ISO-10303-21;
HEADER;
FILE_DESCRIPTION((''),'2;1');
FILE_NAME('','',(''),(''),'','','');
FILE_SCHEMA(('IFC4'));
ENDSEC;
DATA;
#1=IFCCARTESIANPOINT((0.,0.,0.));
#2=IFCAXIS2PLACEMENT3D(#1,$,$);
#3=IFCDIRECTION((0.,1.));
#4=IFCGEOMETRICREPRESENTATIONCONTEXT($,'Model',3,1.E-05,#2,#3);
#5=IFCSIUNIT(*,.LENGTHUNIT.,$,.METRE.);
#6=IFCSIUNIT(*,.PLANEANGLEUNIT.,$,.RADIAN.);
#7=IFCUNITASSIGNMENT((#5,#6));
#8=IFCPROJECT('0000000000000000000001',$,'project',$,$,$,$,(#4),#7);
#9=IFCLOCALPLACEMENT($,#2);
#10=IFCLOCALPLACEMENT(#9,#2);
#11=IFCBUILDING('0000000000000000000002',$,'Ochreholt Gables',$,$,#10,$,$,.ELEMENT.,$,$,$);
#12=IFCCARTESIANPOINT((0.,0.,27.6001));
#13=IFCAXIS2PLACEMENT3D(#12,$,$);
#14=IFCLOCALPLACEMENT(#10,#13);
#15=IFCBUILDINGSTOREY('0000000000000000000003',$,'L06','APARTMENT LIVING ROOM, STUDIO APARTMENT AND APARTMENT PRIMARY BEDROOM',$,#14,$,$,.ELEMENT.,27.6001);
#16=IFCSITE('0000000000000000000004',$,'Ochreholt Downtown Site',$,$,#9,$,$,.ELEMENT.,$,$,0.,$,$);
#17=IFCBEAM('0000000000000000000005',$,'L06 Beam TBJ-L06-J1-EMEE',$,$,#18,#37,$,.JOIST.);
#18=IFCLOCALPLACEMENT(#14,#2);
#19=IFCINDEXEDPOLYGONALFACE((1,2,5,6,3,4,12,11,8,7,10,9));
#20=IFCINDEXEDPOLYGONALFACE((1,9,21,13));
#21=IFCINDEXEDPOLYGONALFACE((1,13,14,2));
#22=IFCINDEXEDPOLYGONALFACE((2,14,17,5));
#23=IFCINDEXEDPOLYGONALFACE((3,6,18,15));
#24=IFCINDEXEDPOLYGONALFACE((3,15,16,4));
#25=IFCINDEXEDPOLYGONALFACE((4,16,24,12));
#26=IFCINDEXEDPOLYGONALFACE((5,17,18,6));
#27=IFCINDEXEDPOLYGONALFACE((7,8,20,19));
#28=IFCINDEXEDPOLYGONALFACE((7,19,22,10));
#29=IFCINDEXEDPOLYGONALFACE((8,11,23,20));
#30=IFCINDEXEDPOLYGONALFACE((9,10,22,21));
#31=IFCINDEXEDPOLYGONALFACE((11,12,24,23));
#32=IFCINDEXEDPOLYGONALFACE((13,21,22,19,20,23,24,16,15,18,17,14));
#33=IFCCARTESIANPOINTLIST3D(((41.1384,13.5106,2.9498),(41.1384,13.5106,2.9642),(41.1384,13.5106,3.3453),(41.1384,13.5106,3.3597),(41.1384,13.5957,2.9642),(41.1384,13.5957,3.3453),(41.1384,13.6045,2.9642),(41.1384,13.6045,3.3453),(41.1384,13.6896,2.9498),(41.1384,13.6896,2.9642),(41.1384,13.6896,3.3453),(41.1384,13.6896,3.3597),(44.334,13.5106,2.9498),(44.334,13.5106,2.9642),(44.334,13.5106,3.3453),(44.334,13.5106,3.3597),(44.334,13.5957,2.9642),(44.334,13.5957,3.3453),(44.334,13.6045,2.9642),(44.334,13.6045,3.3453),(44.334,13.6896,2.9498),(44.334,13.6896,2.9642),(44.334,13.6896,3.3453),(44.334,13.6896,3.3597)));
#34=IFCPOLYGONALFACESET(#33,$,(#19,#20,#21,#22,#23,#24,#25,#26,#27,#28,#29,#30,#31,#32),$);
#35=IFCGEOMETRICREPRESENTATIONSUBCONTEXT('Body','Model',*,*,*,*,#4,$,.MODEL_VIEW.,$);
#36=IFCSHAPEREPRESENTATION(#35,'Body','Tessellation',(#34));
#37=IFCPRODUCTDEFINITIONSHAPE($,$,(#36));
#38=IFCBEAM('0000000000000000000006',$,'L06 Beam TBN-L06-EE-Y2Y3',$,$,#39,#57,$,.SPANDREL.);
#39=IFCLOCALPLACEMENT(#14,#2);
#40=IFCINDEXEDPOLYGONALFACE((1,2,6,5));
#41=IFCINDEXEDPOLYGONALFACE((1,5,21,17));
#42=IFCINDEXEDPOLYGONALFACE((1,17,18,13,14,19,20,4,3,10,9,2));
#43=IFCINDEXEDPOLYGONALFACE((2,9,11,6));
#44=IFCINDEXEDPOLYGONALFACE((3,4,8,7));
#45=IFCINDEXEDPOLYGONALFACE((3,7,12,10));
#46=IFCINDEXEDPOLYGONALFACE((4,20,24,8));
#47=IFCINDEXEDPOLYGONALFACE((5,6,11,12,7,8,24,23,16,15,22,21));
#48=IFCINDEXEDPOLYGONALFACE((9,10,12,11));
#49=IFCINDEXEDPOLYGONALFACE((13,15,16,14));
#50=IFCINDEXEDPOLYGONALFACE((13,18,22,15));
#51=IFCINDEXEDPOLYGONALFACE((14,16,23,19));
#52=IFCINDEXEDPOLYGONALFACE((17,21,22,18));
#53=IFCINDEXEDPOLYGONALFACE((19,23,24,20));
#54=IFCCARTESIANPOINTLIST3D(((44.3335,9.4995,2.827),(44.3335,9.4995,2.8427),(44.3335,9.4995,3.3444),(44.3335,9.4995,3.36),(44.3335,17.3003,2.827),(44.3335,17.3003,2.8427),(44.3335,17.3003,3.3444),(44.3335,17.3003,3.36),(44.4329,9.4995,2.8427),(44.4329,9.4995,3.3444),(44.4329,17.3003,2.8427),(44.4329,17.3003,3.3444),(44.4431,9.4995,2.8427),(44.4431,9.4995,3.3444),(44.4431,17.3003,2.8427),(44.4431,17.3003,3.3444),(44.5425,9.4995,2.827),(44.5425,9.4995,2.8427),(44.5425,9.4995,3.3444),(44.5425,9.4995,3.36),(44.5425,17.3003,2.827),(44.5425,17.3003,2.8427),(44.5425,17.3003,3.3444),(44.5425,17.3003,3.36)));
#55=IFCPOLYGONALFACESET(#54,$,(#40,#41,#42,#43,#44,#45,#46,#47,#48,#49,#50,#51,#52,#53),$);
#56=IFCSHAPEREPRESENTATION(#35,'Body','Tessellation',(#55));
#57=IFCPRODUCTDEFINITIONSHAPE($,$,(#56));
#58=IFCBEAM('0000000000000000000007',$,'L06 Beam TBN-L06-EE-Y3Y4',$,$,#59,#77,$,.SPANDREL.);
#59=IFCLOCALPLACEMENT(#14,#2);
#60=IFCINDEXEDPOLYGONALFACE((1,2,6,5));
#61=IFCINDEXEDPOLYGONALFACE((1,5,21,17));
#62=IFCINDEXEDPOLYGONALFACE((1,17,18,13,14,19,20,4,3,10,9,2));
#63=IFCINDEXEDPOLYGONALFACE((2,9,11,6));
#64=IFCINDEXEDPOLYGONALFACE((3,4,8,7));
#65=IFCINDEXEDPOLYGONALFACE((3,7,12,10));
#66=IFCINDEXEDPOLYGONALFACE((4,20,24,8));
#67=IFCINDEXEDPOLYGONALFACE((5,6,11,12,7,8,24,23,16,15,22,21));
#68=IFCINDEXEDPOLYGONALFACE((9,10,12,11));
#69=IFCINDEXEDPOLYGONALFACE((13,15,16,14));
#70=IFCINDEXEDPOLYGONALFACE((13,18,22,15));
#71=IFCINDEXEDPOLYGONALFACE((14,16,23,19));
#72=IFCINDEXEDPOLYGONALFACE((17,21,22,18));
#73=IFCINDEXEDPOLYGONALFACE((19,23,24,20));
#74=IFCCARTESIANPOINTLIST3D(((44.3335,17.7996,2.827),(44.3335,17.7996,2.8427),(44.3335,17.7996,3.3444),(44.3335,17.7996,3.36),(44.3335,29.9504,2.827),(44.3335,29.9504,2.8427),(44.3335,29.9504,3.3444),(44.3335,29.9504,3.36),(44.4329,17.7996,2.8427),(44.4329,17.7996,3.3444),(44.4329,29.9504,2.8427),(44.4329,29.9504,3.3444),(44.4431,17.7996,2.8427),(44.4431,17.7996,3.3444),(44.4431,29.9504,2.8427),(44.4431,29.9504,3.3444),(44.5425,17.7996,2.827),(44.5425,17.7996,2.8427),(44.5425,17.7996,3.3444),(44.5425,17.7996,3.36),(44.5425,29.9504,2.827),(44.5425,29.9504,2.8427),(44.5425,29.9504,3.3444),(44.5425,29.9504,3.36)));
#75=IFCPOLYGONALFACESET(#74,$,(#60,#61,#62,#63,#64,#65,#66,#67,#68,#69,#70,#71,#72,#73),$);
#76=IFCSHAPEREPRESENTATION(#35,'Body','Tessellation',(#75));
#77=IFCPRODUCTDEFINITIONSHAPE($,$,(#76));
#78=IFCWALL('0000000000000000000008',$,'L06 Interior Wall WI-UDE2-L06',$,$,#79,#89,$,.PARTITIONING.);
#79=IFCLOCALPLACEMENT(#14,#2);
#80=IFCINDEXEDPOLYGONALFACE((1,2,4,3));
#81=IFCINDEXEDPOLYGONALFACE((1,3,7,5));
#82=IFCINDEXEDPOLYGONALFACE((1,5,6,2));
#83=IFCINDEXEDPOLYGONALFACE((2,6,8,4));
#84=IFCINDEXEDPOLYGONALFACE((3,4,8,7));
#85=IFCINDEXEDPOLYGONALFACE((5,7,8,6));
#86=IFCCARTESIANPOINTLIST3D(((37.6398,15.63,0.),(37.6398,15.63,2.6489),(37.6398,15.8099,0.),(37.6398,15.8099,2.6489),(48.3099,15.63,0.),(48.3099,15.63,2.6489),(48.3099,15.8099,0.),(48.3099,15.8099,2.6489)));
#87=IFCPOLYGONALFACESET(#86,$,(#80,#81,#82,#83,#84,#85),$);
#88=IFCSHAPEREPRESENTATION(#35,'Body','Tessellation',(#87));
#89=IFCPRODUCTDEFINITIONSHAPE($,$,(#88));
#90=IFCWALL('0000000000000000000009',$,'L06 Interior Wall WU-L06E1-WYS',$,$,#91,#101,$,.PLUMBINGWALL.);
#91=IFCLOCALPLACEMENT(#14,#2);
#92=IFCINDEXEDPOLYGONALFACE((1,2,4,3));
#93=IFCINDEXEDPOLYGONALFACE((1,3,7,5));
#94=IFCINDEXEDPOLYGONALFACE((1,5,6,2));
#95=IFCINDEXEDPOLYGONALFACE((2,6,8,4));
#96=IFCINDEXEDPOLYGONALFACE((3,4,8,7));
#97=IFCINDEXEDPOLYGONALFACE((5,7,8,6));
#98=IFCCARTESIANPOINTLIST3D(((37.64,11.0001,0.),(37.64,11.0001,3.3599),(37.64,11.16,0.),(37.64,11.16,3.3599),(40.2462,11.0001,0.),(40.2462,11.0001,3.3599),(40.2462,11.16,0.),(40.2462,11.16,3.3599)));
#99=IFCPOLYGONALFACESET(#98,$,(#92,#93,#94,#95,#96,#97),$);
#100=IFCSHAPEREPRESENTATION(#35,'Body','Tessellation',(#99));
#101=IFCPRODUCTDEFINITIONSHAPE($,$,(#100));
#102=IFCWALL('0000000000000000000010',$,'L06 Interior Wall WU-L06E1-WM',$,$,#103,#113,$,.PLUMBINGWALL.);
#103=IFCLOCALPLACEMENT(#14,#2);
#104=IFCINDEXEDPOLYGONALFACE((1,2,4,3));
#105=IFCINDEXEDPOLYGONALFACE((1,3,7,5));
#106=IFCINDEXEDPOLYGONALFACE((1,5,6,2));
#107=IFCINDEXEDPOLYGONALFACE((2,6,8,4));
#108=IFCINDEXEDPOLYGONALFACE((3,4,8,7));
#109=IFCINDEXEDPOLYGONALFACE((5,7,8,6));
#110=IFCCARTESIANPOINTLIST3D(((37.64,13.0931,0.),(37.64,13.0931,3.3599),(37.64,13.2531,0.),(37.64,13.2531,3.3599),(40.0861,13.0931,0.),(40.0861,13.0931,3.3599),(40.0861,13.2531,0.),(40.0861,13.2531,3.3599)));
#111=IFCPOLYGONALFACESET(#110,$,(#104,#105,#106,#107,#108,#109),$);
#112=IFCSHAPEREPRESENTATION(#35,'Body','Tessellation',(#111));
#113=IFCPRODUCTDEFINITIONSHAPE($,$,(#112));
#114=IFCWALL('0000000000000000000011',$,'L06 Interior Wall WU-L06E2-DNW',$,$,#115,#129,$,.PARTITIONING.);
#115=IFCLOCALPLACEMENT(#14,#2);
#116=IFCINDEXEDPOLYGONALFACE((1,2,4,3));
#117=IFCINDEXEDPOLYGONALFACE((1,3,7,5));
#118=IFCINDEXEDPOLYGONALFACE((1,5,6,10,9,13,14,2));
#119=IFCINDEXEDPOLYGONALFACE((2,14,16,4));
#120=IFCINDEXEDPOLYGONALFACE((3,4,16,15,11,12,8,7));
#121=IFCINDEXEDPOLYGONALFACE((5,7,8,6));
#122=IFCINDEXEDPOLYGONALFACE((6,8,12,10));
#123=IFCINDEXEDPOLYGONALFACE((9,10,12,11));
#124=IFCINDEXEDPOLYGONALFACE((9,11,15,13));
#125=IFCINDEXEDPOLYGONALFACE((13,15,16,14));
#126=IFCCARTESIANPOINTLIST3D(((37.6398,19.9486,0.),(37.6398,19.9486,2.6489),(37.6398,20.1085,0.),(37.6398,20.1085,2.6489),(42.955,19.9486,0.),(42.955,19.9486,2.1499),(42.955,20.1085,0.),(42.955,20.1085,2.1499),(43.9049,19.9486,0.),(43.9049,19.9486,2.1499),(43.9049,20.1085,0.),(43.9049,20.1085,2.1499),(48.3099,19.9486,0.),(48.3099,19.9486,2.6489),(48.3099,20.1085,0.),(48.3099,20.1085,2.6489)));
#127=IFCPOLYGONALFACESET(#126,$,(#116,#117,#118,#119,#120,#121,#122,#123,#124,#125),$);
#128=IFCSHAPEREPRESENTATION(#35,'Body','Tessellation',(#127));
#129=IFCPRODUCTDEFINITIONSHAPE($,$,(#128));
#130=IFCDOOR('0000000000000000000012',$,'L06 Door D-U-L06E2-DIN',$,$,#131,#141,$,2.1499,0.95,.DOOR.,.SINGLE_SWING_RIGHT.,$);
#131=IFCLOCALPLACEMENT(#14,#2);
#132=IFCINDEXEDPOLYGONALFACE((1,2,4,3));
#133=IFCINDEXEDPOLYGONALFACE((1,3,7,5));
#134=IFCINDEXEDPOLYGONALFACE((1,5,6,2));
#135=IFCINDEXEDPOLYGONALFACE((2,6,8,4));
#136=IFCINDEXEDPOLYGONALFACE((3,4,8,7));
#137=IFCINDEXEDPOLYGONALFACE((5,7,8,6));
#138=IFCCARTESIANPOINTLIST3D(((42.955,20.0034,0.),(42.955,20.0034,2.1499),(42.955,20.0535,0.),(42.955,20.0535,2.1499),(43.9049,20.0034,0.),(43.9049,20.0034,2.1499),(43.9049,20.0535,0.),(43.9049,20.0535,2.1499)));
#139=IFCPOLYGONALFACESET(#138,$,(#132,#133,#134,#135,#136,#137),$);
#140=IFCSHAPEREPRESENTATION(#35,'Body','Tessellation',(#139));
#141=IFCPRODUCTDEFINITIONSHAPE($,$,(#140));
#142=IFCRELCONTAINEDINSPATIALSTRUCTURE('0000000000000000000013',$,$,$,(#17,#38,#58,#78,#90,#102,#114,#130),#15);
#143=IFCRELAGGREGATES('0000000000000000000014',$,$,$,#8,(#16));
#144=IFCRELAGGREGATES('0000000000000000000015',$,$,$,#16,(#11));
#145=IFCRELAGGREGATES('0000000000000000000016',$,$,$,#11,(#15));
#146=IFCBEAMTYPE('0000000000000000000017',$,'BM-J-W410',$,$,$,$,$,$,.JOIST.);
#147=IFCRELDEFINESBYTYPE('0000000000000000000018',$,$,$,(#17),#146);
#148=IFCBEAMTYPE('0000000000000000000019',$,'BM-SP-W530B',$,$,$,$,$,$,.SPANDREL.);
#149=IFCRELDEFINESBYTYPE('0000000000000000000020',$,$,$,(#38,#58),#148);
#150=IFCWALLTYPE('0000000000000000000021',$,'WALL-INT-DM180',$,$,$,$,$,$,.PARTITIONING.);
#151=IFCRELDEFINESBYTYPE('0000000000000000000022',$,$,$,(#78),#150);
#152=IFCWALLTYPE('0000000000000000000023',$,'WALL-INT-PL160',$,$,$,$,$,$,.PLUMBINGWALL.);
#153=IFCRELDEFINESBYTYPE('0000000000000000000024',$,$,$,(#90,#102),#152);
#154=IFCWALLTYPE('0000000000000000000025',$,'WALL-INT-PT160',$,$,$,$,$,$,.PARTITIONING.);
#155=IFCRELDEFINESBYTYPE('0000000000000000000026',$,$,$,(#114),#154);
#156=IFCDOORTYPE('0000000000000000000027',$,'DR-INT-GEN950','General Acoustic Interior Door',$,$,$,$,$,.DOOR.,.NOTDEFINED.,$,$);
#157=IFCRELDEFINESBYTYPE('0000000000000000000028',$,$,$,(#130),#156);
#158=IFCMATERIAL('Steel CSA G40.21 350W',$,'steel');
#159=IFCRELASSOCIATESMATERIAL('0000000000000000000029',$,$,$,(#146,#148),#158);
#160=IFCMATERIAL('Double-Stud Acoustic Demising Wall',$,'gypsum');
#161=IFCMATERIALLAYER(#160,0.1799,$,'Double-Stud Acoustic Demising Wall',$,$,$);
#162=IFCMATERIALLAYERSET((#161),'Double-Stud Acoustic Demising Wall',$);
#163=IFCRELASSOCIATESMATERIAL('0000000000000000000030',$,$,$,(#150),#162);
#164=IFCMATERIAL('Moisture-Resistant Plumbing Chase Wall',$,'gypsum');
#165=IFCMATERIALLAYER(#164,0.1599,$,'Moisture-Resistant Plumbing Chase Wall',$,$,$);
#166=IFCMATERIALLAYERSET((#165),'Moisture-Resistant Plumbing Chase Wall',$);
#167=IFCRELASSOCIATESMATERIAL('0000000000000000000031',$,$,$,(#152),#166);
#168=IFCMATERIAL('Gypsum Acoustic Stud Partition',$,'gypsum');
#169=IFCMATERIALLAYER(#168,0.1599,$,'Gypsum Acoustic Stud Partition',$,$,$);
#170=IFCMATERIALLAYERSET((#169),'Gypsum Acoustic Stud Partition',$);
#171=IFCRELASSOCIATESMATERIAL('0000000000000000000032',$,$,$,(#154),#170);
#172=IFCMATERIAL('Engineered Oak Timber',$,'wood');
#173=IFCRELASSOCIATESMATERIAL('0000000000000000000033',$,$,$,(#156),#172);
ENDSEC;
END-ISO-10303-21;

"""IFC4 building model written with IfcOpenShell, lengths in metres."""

from ifc_helpers import new_model, si_unit, direction, frame, frame_2d, origin, origin_2d, place, context, subcontext, project, spatial, rectangle, i_section, extrude, material, layer, layer_set, material_profile, profile_set, type_object, element, fill, save


model = new_model("IFC4")

# Units and contexts
model_context = context("Model", 3, precision=1e-05, world=origin(), true_north=direction((0.0, 1.0)))
body_context = subcontext(model_context, "Body", "Model", "MODEL_VIEW")
ifc_project = project(units=[si_unit("LENGTHUNIT", "METRE"), si_unit("PLANEANGLEUNIT", "RADIAN")], contexts=[model_context])

# Site, building, storey
site_placement = place(None, origin())
site = spatial("IfcSite", under=ifc_project, at=site_placement, Name="Ochreholt Downtown Site", CompositionType="ELEMENT", RefElevation=0.0)
building_placement = place(site_placement, origin())
building = spatial("IfcBuilding", under=site, at=building_placement, Name="Ochreholt Gables", CompositionType="ELEMENT")
storey_placement = place(building_placement, frame((0.0, 0.0, 27.6001)))
storey = spatial("IfcBuildingStorey", under=building, at=storey_placement, Name="L06", Description="APARTMENT LIVING ROOM, STUDIO APARTMENT AND APARTMENT PRIMARY BEDROOM", CompositionType="ELEMENT", Elevation=27.6001)

# Shared definitions
ifc_material_1 = material(Name="Steel CSA G40.21 350W", Category="steel")

# Beams
ifc_material_profile_1 = material_profile(ifc_material_1, i_section(OverallWidth=0.179, OverallDepth=0.4099, WebThickness=0.0088, FlangeThickness=0.0144, at=origin_2d()), Name="W410X67")
ifc_profile_set_1 = profile_set([ifc_material_profile_1], Name="Steel CSA G40.21 350W")
beam_type_1 = type_object("IfcBeamType", Name="BM-J-W410", PredefinedType="JOIST", material=ifc_profile_set_1)
beam_1_placement = place(storey_placement, frame((41.1384, 13.6001, 3.1548), z_axis=(1.0, 0.0, 0.0), x_axis=(0.0, 1.0, 0.0)))
element("IfcBeam", 1, at=beam_1_placement, inside=storey, type_object=beam_type_1, Name="L06 Beam TBJ-L06-J1-EMEE", PredefinedType="JOIST", context=body_context, shape_type="SweptSolid", body=[
    extrude(i_section(OverallWidth=0.179, OverallDepth=0.4099, WebThickness=0.0088, FlangeThickness=0.0144, at=origin_2d()), origin(), (0.0, 0.0, 1.0), 3.1956),
])
ifc_material_profile_2 = material_profile(ifc_material_1, i_section(OverallWidth=0.209, OverallDepth=0.533, WebThickness=0.0103, FlangeThickness=0.0156, at=origin_2d()), Name="W530X92")
ifc_profile_set_2 = profile_set([ifc_material_profile_2], Name="Steel CSA G40.21 350W")
beam_type_2 = type_object("IfcBeamType", Name="BM-SP-W530B", PredefinedType="SPANDREL", material=ifc_profile_set_2)
beam_2_placement = place(storey_placement, frame((44.438, 9.4995, 3.0935), z_axis=(0.0, 1.0, 0.0), x_axis=(-1.0, 0.0, 0.0)))
element("IfcBeam", 2, at=beam_2_placement, inside=storey, type_object=beam_type_2, Name="L06 Beam TBN-L06-EE-Y2Y3", PredefinedType="SPANDREL", context=body_context, shape_type="SweptSolid", body=[
    extrude(i_section(OverallWidth=0.209, OverallDepth=0.533, WebThickness=0.0103, FlangeThickness=0.0156, at=origin_2d()), origin(), (0.0, 0.0, 1.0), 7.8008),
])
beam_3_placement = place(storey_placement, frame((44.438, 17.7996, 3.0935), z_axis=(0.0, 1.0, 0.0), x_axis=(-1.0, 0.0, 0.0)))
element("IfcBeam", 3, at=beam_3_placement, inside=storey, type_object=beam_type_2, Name="L06 Beam TBN-L06-EE-Y3Y4", PredefinedType="SPANDREL", context=body_context, shape_type="SweptSolid", body=[
    extrude(i_section(OverallWidth=0.209, OverallDepth=0.533, WebThickness=0.0103, FlangeThickness=0.0156, at=origin_2d()), origin(), (0.0, 0.0, 1.0), 12.1509),
])

# Walls
ifc_material_2 = material(Name="Double-Stud Acoustic Demising Wall", Category="gypsum")
ifc_layer_1 = layer(ifc_material_2, 0.1799, Name="Double-Stud Acoustic Demising Wall")
ifc_layer_set_1 = layer_set([ifc_layer_1], Name="Double-Stud Acoustic Demising Wall")
wall_type_1 = type_object("IfcWallType", Name="WALL-INT-DM180", PredefinedType="PARTITIONING", material=ifc_layer_set_1)
wall_1_placement = place(storey_placement, frame((37.6399, 15.72, 0.0), z_axis=(0.0, 0.0, 1.0), x_axis=(1.0, 0.0, 0.0)))
element("IfcWall", 4, at=wall_1_placement, inside=storey, type_object=wall_type_1, Name="L06 Interior Wall WI-UDE2-L06", PredefinedType="PARTITIONING", context=body_context, shape_type="SweptSolid", body=[
    extrude(rectangle(XDim=10.6702, YDim=0.1799, at=frame_2d((5.335, 0.0))), origin(), (0.0, 0.0, 1.0), 2.6489),
])
ifc_material_3 = material(Name="Moisture-Resistant Plumbing Chase Wall", Category="gypsum")
ifc_layer_2 = layer(ifc_material_3, 0.1599, Name="Moisture-Resistant Plumbing Chase Wall")
ifc_layer_set_2 = layer_set([ifc_layer_2], Name="Moisture-Resistant Plumbing Chase Wall")
wall_type_2 = type_object("IfcWallType", Name="WALL-INT-PL160", PredefinedType="PLUMBINGWALL", material=ifc_layer_set_2)
wall_2_placement = place(storey_placement, frame((37.6399, 11.0801, 0.0), z_axis=(0.0, 0.0, 1.0), x_axis=(1.0, 0.0, 0.0)))
element("IfcWall", 5, at=wall_2_placement, inside=storey, type_object=wall_type_2, Name="L06 Interior Wall WU-L06E1-WYS", PredefinedType="PLUMBINGWALL", context=body_context, shape_type="SweptSolid", body=[
    extrude(rectangle(XDim=2.6062, YDim=0.1599, at=frame_2d((1.3032, 0.0))), origin(), (0.0, 0.0, 1.0), 3.3599),
])

# Shared definitions
ifc_material_4 = material(Name="Engineered Oak Timber", Category="wood")

# Wall
wall_3_placement = place(storey_placement, frame((37.6399, 13.1731, 0.0), z_axis=(0.0, 0.0, 1.0), x_axis=(1.0, 0.0, 0.0)))
element("IfcWall", 6, at=wall_3_placement, inside=storey, type_object=wall_type_2, Name="L06 Interior Wall WU-L06E1-WM", PredefinedType="PLUMBINGWALL", context=body_context, shape_type="SweptSolid", body=[
    extrude(rectangle(XDim=2.446, YDim=0.1599, at=frame_2d((1.2231, 0.0))), origin(), (0.0, 0.0, 1.0), 3.3599),
])

# Wall, opening, door
ifc_material_5 = material(Name="Gypsum Acoustic Stud Partition", Category="gypsum")
ifc_layer_3 = layer(ifc_material_5, 0.1599, Name="Gypsum Acoustic Stud Partition")
ifc_layer_set_3 = layer_set([ifc_layer_3], Name="Gypsum Acoustic Stud Partition")
wall_type_3 = type_object("IfcWallType", Name="WALL-INT-PT160", PredefinedType="PARTITIONING", material=ifc_layer_set_3)
wall_4_placement = place(storey_placement, frame((37.6399, 20.0286, 0.0), z_axis=(0.0, 0.0, 1.0), x_axis=(1.0, 0.0, 0.0)))
wall_4 = element("IfcWall", 7, at=wall_4_placement, inside=storey, type_object=wall_type_3, Name="L06 Interior Wall WU-L06E2-DNW", PredefinedType="PARTITIONING", context=body_context, shape_type="SweptSolid", body=[
    extrude(rectangle(XDim=10.6702, YDim=0.1599, at=frame_2d((5.335, 0.0))), origin(), (0.0, 0.0, 1.0), 2.6489),
])
opening_1_placement = place(wall_4_placement, frame((5.3149, 0.0, 0.0)))
opening_1 = element("IfcOpeningElement", 8, at=opening_1_placement, cuts=wall_4, PredefinedType="OPENING", context=body_context, shape_type="SweptSolid", body=[
    extrude(rectangle(XDim=0.95, YDim=2.1499, at=frame_2d((0.4751, 1.075))), frame((0.0, 0.0898, 0.0), z_axis=(0.0, -1.0, 0.0), x_axis=(1.0, 0.0, 0.0)), (0.0, 0.0, 1.0), 0.1799),
])
door_type_1 = type_object("IfcDoorType", Name="DR-INT-GEN950", Description="General Acoustic Interior Door", OperationType="NOTDEFINED", PredefinedType="DOOR", material=ifc_material_4)
door_1_placement = place(opening_1_placement, origin())
door_1 = element("IfcDoor", 9, at=door_1_placement, inside=storey, type_object=door_type_1, Name="L06 Door D-U-L06E2-DIN", OperationType="SINGLE_SWING_RIGHT", OverallHeight=2.1499, OverallWidth=0.95, PredefinedType="DOOR", context=body_context, shape_type="SweptSolid", body=[
    extrude(rectangle(XDim=0.95, YDim=2.1499, at=frame_2d((0.4751, 1.075))), frame((0.0, 0.0249, 0.0), z_axis=(0.0, -1.0, 0.0), x_axis=(1.0, 0.0, 0.0)), (0.0, 0.0, 1.0), 0.05),
])
fill(opening_1, door_1)

save(model, "model.ifc")
